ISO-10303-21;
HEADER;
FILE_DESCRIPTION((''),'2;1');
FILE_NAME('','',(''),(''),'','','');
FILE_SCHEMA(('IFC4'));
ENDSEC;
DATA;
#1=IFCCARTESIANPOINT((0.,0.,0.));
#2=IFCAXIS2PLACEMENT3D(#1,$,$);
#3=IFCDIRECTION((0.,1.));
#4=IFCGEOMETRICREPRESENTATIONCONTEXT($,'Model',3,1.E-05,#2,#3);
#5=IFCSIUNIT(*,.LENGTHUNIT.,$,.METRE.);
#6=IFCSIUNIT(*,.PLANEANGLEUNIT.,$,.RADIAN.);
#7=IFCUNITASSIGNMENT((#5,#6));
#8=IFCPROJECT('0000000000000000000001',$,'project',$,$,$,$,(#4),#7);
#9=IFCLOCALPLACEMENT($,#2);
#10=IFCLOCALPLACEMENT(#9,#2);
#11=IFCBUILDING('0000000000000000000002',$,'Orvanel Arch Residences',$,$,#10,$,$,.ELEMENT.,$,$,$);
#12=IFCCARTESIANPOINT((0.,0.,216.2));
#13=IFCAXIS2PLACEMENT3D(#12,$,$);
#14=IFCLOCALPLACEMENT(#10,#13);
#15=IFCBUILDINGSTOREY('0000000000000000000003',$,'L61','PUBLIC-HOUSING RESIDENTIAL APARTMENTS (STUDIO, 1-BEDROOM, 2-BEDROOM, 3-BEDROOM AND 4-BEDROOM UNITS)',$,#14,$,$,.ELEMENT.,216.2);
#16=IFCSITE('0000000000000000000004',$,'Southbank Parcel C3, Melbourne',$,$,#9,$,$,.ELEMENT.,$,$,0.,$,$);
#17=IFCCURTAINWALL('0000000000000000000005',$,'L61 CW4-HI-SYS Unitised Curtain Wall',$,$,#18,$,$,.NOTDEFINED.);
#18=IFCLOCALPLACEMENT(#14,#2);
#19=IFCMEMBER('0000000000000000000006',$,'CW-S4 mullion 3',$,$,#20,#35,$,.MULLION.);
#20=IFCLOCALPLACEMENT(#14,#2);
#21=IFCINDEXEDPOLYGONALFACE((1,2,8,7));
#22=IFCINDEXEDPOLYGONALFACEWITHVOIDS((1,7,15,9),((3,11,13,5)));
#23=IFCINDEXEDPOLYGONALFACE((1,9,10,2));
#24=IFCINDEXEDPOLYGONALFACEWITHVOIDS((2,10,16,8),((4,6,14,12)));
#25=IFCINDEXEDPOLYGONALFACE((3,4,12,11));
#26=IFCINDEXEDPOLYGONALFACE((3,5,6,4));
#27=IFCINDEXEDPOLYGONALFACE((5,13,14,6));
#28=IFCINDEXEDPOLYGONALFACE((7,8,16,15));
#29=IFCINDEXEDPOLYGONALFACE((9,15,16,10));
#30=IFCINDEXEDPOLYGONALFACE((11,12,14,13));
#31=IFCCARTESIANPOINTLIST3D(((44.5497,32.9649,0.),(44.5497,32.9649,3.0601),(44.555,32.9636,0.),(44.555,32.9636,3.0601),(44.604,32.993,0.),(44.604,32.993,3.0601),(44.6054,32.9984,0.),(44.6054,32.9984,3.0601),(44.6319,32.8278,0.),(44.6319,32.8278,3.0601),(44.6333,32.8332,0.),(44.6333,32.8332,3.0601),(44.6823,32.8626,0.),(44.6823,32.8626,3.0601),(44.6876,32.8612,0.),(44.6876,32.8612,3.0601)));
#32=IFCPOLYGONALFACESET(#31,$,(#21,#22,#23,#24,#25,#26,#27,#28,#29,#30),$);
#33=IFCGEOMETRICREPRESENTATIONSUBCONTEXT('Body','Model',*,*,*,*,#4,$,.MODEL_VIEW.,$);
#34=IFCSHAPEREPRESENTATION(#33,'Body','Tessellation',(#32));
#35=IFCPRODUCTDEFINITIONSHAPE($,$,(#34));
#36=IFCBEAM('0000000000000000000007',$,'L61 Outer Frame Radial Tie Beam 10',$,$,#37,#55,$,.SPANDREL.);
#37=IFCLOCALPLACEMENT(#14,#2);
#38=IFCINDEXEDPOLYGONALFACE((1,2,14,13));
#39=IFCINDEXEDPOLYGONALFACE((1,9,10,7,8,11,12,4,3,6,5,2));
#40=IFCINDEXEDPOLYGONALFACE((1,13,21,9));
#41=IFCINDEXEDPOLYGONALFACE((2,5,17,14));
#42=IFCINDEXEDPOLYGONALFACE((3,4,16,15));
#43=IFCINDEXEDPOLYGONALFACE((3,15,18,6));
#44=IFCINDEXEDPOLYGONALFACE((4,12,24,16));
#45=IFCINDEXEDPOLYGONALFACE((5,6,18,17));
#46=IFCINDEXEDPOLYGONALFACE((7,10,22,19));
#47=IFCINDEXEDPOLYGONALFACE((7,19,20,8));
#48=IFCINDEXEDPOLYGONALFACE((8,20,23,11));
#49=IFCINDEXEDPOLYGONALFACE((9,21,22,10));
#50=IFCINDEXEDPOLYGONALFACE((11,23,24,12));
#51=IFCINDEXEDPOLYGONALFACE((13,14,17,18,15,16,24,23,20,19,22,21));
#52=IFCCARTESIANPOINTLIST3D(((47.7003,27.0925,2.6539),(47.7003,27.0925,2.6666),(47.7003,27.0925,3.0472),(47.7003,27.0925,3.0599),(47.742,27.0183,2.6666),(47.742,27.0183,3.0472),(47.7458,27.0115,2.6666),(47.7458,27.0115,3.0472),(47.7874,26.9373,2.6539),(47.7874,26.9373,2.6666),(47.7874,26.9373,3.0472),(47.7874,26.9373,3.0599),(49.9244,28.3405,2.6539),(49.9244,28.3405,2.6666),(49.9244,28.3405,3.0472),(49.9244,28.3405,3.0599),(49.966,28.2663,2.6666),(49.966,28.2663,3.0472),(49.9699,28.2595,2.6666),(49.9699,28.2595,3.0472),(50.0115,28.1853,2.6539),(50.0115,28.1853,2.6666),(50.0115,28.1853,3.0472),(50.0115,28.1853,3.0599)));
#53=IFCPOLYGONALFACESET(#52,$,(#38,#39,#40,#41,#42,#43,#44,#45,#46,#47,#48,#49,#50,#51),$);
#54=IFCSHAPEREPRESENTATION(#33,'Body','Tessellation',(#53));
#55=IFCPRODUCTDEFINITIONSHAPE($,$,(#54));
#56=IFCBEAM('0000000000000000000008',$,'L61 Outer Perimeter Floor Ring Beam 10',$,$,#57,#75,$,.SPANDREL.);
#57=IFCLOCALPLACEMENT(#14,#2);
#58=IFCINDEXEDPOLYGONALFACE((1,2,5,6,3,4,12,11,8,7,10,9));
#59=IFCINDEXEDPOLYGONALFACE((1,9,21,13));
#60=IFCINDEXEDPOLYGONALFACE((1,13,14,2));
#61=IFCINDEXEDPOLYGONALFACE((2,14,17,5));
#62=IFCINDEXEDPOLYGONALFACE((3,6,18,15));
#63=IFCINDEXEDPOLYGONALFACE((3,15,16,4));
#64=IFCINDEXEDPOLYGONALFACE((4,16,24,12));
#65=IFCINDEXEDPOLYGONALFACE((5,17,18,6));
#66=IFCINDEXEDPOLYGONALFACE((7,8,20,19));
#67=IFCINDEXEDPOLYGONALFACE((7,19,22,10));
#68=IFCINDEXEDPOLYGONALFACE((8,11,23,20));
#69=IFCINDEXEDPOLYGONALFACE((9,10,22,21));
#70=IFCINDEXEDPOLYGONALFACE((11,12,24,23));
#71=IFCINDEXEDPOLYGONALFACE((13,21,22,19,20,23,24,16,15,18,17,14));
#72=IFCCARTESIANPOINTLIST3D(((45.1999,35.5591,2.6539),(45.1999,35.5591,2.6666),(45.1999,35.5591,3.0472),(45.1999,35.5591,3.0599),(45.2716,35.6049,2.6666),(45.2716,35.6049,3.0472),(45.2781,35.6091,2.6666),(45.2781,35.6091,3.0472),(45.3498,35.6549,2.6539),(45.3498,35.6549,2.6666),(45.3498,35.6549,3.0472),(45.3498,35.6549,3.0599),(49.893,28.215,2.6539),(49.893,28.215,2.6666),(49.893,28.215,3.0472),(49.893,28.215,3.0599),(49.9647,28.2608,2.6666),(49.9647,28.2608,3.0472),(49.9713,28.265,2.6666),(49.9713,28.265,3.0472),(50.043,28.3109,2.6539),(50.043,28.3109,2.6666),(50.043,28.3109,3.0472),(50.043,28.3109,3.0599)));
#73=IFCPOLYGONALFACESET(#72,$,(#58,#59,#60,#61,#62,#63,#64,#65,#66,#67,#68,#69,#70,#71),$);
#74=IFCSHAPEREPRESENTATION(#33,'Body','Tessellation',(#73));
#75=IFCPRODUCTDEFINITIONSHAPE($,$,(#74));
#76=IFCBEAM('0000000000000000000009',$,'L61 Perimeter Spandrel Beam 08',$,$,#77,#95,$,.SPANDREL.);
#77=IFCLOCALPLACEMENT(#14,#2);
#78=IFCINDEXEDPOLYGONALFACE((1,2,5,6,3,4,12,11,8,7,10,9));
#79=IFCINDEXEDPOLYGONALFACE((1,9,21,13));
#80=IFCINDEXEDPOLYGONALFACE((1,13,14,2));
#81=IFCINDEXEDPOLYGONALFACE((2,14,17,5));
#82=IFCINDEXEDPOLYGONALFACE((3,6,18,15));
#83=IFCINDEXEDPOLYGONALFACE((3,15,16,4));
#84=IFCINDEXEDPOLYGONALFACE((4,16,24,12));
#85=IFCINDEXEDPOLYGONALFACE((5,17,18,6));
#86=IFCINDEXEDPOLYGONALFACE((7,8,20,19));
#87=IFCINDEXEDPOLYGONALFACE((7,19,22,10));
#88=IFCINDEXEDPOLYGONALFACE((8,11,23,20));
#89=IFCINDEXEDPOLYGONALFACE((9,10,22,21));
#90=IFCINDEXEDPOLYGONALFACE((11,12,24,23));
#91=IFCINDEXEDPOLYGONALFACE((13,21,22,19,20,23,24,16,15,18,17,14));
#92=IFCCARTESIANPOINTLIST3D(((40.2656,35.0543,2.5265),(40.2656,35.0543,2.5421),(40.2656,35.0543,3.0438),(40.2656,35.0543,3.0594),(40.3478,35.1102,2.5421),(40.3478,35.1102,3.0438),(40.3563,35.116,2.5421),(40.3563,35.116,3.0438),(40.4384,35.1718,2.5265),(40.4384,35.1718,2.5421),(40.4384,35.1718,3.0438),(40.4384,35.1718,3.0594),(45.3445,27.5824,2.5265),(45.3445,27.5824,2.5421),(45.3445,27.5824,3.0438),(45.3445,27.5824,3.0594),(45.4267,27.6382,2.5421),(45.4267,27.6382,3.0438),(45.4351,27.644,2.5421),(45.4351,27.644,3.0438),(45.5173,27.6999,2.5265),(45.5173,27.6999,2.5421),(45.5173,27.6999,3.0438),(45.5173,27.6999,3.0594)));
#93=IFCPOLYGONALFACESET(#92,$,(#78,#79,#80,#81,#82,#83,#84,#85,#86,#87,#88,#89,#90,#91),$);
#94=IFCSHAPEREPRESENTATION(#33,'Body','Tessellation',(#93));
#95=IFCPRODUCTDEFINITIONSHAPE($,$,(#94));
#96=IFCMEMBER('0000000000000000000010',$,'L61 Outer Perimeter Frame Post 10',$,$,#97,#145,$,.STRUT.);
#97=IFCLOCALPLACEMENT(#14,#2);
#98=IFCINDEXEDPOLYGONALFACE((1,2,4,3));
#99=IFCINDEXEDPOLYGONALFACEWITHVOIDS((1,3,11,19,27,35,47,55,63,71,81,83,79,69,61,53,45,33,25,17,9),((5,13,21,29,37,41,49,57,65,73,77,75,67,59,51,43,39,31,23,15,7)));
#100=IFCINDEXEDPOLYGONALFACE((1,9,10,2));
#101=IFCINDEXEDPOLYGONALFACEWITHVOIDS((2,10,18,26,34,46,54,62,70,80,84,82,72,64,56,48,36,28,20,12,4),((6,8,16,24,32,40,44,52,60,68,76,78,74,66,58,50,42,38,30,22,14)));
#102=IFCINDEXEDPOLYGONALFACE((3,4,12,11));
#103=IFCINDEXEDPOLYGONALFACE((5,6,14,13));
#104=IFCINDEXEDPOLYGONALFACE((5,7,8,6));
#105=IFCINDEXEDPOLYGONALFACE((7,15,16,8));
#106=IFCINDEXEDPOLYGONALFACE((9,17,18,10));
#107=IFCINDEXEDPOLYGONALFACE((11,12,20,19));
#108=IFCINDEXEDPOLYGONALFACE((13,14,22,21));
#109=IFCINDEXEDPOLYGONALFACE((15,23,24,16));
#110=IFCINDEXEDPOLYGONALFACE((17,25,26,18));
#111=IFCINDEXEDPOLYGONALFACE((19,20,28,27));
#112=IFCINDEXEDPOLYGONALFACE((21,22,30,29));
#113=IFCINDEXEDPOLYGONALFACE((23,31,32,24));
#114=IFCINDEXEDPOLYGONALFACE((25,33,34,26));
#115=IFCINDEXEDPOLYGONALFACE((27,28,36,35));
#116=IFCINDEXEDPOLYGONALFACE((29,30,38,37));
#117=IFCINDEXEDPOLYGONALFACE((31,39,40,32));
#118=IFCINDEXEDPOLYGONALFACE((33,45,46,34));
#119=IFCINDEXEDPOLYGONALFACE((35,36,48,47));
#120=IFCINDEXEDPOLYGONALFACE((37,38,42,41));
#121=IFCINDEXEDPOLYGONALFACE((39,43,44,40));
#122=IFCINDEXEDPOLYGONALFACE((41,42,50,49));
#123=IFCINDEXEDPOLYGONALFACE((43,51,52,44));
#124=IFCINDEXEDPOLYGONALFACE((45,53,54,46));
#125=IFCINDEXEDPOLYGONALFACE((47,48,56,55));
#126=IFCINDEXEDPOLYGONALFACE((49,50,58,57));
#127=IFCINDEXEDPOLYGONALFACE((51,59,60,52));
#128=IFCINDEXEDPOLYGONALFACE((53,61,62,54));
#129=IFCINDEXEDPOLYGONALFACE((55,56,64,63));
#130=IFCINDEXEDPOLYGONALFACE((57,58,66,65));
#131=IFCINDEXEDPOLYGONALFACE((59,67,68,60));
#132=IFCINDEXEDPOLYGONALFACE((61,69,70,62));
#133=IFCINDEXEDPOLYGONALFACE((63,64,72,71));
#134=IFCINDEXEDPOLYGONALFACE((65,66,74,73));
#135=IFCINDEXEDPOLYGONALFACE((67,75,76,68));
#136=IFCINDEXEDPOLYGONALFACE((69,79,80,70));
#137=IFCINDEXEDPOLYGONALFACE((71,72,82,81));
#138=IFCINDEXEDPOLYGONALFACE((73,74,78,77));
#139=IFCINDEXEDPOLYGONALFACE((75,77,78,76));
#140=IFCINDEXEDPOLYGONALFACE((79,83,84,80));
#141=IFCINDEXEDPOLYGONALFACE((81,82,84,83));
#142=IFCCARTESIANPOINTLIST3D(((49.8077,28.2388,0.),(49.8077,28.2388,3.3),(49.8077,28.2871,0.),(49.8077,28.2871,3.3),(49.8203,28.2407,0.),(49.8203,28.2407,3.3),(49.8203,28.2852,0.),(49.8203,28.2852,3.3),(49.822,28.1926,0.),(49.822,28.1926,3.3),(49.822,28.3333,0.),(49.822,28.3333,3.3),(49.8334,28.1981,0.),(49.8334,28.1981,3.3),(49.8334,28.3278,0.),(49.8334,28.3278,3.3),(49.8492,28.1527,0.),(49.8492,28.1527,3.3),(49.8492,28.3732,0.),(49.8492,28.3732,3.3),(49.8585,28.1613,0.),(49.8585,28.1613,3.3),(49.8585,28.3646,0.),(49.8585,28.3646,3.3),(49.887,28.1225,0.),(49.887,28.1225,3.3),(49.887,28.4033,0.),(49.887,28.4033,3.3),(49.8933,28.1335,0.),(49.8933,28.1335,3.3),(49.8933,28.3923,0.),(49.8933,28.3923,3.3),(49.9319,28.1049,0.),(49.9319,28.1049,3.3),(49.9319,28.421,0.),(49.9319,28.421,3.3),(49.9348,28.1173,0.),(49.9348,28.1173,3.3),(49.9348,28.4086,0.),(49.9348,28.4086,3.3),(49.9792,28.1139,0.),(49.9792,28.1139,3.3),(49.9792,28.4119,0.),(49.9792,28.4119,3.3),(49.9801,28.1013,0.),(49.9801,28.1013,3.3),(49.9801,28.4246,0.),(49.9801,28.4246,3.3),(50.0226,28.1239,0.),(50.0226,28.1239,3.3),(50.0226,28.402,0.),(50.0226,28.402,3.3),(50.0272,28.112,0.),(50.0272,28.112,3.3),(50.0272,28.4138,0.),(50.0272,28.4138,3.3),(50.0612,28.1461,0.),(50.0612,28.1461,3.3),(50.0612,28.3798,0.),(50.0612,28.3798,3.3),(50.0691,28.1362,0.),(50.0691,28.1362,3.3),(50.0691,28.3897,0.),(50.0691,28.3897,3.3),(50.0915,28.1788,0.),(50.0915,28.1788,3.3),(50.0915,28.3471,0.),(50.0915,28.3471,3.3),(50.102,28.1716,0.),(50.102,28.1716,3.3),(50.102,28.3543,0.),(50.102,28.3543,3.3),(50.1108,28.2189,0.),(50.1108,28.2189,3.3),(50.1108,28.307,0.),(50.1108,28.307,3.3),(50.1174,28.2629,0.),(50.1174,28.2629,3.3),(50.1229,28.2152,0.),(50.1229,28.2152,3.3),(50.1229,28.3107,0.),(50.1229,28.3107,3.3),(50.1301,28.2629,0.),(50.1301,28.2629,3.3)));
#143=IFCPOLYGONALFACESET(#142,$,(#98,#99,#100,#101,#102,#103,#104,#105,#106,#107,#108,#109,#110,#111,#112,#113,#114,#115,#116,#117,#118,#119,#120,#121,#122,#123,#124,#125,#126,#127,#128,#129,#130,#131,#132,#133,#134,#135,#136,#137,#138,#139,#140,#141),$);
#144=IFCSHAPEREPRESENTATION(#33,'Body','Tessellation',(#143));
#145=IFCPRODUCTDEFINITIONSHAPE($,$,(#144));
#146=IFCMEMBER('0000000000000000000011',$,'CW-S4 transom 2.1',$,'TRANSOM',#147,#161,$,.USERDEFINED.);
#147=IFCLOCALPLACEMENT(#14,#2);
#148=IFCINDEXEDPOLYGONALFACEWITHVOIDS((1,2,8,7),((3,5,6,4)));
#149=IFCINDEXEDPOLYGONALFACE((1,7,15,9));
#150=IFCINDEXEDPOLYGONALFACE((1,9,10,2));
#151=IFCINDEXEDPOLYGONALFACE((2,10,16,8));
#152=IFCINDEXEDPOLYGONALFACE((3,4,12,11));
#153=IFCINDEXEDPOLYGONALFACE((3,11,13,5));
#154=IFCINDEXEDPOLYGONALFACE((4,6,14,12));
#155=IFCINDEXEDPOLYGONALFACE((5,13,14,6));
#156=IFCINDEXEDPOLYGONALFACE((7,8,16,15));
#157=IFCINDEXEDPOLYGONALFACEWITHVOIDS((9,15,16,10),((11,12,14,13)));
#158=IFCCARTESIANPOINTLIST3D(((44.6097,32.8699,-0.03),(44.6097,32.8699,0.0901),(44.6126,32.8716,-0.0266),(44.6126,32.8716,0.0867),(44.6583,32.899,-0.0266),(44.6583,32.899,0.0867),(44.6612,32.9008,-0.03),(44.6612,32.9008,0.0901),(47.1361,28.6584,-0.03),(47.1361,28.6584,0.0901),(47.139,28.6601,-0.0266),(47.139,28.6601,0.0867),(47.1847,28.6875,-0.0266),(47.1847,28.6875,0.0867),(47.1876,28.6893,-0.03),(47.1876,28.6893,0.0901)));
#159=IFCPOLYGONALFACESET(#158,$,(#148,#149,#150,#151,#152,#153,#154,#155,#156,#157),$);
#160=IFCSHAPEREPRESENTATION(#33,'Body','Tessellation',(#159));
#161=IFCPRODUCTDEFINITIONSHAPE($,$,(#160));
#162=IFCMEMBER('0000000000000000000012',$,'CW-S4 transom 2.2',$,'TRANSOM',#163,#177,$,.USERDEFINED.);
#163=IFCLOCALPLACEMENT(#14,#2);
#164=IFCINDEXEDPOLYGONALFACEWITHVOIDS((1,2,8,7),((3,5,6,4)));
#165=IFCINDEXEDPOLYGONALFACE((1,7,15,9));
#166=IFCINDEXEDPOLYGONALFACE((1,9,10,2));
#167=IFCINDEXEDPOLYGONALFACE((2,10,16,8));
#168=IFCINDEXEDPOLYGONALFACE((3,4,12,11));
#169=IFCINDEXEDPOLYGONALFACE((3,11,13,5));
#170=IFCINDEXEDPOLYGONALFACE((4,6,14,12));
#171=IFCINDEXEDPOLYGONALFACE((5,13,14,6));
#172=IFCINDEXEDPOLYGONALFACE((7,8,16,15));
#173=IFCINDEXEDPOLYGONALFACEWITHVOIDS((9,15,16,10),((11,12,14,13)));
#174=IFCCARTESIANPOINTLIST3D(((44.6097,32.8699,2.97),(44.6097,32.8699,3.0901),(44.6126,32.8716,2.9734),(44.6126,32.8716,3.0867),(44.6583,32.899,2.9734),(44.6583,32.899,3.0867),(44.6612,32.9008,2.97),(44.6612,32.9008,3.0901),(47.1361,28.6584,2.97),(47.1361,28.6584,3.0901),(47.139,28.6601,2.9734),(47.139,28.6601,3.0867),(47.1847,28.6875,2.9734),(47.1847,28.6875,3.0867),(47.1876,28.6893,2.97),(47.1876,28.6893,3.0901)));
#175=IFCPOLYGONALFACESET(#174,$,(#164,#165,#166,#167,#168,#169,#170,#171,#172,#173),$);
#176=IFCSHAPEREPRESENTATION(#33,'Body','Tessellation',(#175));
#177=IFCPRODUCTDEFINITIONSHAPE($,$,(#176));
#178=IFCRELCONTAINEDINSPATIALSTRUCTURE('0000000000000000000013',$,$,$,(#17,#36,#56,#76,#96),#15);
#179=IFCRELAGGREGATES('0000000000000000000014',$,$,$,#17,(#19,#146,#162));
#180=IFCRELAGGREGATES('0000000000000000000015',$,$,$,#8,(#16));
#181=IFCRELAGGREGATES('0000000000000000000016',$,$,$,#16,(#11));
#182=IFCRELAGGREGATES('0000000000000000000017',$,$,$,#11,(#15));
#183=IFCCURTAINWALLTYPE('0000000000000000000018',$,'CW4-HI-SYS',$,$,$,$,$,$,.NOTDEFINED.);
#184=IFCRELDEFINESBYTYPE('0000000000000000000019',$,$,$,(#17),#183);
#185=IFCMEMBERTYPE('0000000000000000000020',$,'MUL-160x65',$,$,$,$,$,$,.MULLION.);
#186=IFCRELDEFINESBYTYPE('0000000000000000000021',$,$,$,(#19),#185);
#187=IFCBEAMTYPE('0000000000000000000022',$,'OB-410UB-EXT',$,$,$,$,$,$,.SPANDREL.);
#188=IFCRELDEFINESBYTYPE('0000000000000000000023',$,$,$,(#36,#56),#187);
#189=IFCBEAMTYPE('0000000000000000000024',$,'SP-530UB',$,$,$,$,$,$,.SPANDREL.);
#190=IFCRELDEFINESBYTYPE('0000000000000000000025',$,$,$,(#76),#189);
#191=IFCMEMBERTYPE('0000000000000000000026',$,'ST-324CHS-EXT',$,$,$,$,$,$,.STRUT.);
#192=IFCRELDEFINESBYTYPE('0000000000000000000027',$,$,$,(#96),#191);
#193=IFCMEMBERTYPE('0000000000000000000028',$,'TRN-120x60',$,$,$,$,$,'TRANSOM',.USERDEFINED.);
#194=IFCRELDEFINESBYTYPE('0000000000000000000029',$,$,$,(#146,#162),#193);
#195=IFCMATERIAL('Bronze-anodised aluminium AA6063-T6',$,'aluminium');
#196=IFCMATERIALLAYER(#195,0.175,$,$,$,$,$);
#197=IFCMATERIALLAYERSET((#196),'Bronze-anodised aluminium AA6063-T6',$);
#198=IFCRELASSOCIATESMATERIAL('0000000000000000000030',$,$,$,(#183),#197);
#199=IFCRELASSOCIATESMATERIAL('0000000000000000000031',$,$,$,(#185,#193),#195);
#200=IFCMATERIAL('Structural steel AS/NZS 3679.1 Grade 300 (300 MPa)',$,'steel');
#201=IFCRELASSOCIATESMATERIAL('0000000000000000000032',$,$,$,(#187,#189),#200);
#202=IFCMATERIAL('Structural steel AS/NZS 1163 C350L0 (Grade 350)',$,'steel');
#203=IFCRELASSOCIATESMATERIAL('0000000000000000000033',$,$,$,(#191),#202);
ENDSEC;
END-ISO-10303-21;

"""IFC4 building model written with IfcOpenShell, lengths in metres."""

from ifc_helpers import new_model, si_unit, direction, frame, origin, origin_2d, place, context, subcontext, project, spatial, hollow_rectangle, hollow_circle, i_section, extrude, material, layer, layer_set, material_profile, profile_set, type_object, element, aggregate, save


model = new_model("IFC4")

# Units and contexts
model_context = context("Model", 3, precision=1e-05, world=origin(), true_north=direction((0.0, 1.0)))
body_context = subcontext(model_context, "Body", "Model", "MODEL_VIEW")
ifc_project = project(units=[si_unit("LENGTHUNIT", "METRE"), si_unit("PLANEANGLEUNIT", "RADIAN")], contexts=[model_context])

# Site, building, storey
site_placement = place(None, origin())
site = spatial("IfcSite", under=ifc_project, at=site_placement, Name="Southbank Parcel C3, Melbourne", CompositionType="ELEMENT", RefElevation=0.0)
building_placement = place(site_placement, origin())
building = spatial("IfcBuilding", under=site, at=building_placement, Name="Orvanel Arch Residences", CompositionType="ELEMENT")
storey_placement = place(building_placement, frame((0.0, 0.0, 216.2)))
storey = spatial("IfcBuildingStorey", under=building, at=storey_placement, Name="L61", Description="PUBLIC-HOUSING RESIDENTIAL APARTMENTS (STUDIO, 1-BEDROOM, 2-BEDROOM, 3-BEDROOM AND 4-BEDROOM UNITS)", CompositionType="ELEMENT", Elevation=216.2)

# Shared definitions
ifc_material_1 = material(Name="Structural steel AS/NZS 1163 C350L0 (Grade 350)", Category="steel")

# Shared definitions
ifc_material_2 = material(Name="Structural steel AS/NZS 3679.1 Grade 300 (300 MPa)", Category="steel")

# Curtain wall, member
ifc_material_3 = material(Name="Bronze-anodised aluminium AA6063-T6", Category="aluminium")
ifc_layer_1 = layer(ifc_material_3, 0.175)
ifc_layer_set_1 = layer_set([ifc_layer_1], Name="Bronze-anodised aluminium AA6063-T6")
curtain_wall_type = type_object("IfcCurtainWallType", Name="CW4-HI-SYS", PredefinedType="NOTDEFINED", material=ifc_layer_set_1)
curtain_wall_placement = place(storey_placement, origin())
curtain_wall = element("IfcCurtainWall", 1, at=curtain_wall_placement, inside=storey, type_object=curtain_wall_type, Name="L61 CW4-HI-SYS Unitised Curtain Wall", PredefinedType="NOTDEFINED")
ifc_material_profile_1 = material_profile(ifc_material_3, hollow_rectangle(XDim=0.0649, YDim=0.1599, WallThickness=0.0039, at=origin_2d()), Name="ALU160x65x4")
ifc_profile_set_1 = profile_set([ifc_material_profile_1], Name="Bronze-anodised aluminium AA6063-T6")
member_type_1 = type_object("IfcMemberType", Name="MUL-160x65", PredefinedType="MULLION", material=ifc_profile_set_1)
member_1_placement = place(storey_placement, frame((44.6187, 32.9131, 0.0), z_axis=(0.0, 0.0, 1.0), x_axis=(-0.857537, -0.514422, 0.0)))
member_1 = element("IfcMember", 2, at=member_1_placement, type_object=member_type_1, Name="CW-S4 mullion 3", PredefinedType="MULLION", context=body_context, shape_type="SweptSolid", body=[
    extrude(hollow_rectangle(XDim=0.0649, YDim=0.1599, WallThickness=0.0039, at=origin_2d()), origin(), (0.0, 0.0, 1.0), 3.0601),
])

# Beams
ifc_material_profile_2 = material_profile(ifc_material_2, i_section(OverallWidth=0.178, OverallDepth=0.406, WebThickness=0.0078, FlangeThickness=0.0127, at=origin_2d()), Name="410UB59.7")
ifc_profile_set_2 = profile_set([ifc_material_profile_2], Name="Structural steel AS/NZS 3679.1 Grade 300 (300 MPa)")
beam_type_1 = type_object("IfcBeamType", Name="OB-410UB-EXT", PredefinedType="SPANDREL", material=ifc_profile_set_2)
beam_1_placement = place(storey_placement, frame((47.7439, 27.0149, 2.8569), z_axis=(0.872081, 0.489361, 0.0), x_axis=(-0.489361, 0.872081, 0.0)))
element("IfcBeam", 3, at=beam_1_placement, inside=storey, type_object=beam_type_1, Name="L61 Outer Frame Radial Tie Beam 10", PredefinedType="SPANDREL", context=body_context, shape_type="SweptSolid", body=[
    extrude(i_section(OverallWidth=0.178, OverallDepth=0.406, WebThickness=0.0078, FlangeThickness=0.0127, at=origin_2d()), origin(), (0.0, 0.0, 1.0), 2.5503),
])
beam_2_placement = place(storey_placement, frame((49.968, 28.2629, 2.8569), z_axis=(-0.53848, 0.842638, 0.0), x_axis=(-0.842638, -0.53848, 0.0)))
element("IfcBeam", 4, at=beam_2_placement, inside=storey, type_object=beam_type_1, Name="L61 Outer Perimeter Floor Ring Beam 10", PredefinedType="SPANDREL", context=body_context, shape_type="SweptSolid", body=[
    extrude(i_section(OverallWidth=0.178, OverallDepth=0.406, WebThickness=0.0078, FlangeThickness=0.0127, at=origin_2d()), origin(), (0.0, 0.0, 1.0), 8.7156),
])
ifc_material_profile_3 = material_profile(ifc_material_2, i_section(OverallWidth=0.209, OverallDepth=0.533, WebThickness=0.0103, FlangeThickness=0.0156, at=origin_2d()), Name="530UB92.4")
ifc_profile_set_3 = profile_set([ifc_material_profile_3], Name="Structural steel AS/NZS 3679.1 Grade 300 (300 MPa)")
beam_type_2 = type_object("IfcBeamType", Name="SP-530UB", PredefinedType="SPANDREL", material=ifc_profile_set_3)
beam_3_placement = place(storey_placement, frame((45.4309, 27.6411, 2.793), z_axis=(-0.562155, 0.827032, 0.0), x_axis=(-0.827032, -0.562155, 0.0)))
element("IfcBeam", 5, at=beam_3_placement, inside=storey, type_object=beam_type_2, Name="L61 Perimeter Spandrel Beam 08", PredefinedType="SPANDREL", context=body_context, shape_type="SweptSolid", body=[
    extrude(i_section(OverallWidth=0.209, OverallDepth=0.533, WebThickness=0.0103, FlangeThickness=0.0156, at=origin_2d()), origin(), (0.0, 0.0, 1.0), 9.0347),
])

# Members
ifc_material_profile_4 = material_profile(ifc_material_1, hollow_circle(Radius=0.1621, WallThickness=0.0127, at=origin_2d()), Name="CHS324x12.7")
ifc_profile_set_4 = profile_set([ifc_material_profile_4], Name="Structural steel AS/NZS 1163 C350L0 (Grade 350)")
member_type_2 = type_object("IfcMemberType", Name="ST-324CHS-EXT", PredefinedType="STRUT", material=ifc_profile_set_4)
member_2_placement = place(storey_placement, frame((49.968, 28.2629, 0.0), z_axis=(0.0, 0.0, 1.0), x_axis=(1.0, 0.0, 0.0)))
element("IfcMember", 6, at=member_2_placement, inside=storey, type_object=member_type_2, Name="L61 Outer Perimeter Frame Post 10", PredefinedType="STRUT", context=body_context, shape_type="SweptSolid", body=[
    extrude(hollow_circle(Radius=0.1621, WallThickness=0.0127, at=origin_2d()), origin(), (0.0, 0.0, 1.0), 3.3),
])
ifc_material_profile_5 = material_profile(ifc_material_3, hollow_rectangle(XDim=0.0601, YDim=0.1201, WallThickness=0.0034, at=origin_2d()), Name="ALU120x60x3.5")
ifc_profile_set_5 = profile_set([ifc_material_profile_5], Name="Bronze-anodised aluminium AA6063-T6")
member_type_3 = type_object("IfcMemberType", Name="TRN-120x60", ElementType="TRANSOM", PredefinedType="USERDEFINED", material=ifc_profile_set_5)
member_3_placement = place(storey_placement, frame((47.1619, 28.6738, 0.03), z_axis=(-0.514423, 0.857537, 0.0), x_axis=(-0.857537, -0.514423, 0.0)))
member_3 = element("IfcMember", 7, at=member_3_placement, type_object=member_type_3, Name="CW-S4 transom 2.1", ObjectType="TRANSOM", PredefinedType="USERDEFINED", context=body_context, shape_type="SweptSolid", body=[
    extrude(hollow_rectangle(XDim=0.0601, YDim=0.1201, WallThickness=0.0034, at=origin_2d()), origin(), (0.0, 0.0, 1.0), 4.9111),
])
member_4_placement = place(storey_placement, frame((47.1619, 28.6738, 3.03), z_axis=(-0.514423, 0.857537, 0.0), x_axis=(-0.857537, -0.514423, 0.0)))
member_4 = element("IfcMember", 8, at=member_4_placement, type_object=member_type_3, Name="CW-S4 transom 2.2", ObjectType="TRANSOM", PredefinedType="USERDEFINED", context=body_context, shape_type="SweptSolid", body=[
    extrude(hollow_rectangle(XDim=0.0601, YDim=0.1201, WallThickness=0.0034, at=origin_2d()), origin(), (0.0, 0.0, 1.0), 4.9111),
])

aggregate(curtain_wall, [member_1, member_3, member_4])

save(model, "model.ifc")
